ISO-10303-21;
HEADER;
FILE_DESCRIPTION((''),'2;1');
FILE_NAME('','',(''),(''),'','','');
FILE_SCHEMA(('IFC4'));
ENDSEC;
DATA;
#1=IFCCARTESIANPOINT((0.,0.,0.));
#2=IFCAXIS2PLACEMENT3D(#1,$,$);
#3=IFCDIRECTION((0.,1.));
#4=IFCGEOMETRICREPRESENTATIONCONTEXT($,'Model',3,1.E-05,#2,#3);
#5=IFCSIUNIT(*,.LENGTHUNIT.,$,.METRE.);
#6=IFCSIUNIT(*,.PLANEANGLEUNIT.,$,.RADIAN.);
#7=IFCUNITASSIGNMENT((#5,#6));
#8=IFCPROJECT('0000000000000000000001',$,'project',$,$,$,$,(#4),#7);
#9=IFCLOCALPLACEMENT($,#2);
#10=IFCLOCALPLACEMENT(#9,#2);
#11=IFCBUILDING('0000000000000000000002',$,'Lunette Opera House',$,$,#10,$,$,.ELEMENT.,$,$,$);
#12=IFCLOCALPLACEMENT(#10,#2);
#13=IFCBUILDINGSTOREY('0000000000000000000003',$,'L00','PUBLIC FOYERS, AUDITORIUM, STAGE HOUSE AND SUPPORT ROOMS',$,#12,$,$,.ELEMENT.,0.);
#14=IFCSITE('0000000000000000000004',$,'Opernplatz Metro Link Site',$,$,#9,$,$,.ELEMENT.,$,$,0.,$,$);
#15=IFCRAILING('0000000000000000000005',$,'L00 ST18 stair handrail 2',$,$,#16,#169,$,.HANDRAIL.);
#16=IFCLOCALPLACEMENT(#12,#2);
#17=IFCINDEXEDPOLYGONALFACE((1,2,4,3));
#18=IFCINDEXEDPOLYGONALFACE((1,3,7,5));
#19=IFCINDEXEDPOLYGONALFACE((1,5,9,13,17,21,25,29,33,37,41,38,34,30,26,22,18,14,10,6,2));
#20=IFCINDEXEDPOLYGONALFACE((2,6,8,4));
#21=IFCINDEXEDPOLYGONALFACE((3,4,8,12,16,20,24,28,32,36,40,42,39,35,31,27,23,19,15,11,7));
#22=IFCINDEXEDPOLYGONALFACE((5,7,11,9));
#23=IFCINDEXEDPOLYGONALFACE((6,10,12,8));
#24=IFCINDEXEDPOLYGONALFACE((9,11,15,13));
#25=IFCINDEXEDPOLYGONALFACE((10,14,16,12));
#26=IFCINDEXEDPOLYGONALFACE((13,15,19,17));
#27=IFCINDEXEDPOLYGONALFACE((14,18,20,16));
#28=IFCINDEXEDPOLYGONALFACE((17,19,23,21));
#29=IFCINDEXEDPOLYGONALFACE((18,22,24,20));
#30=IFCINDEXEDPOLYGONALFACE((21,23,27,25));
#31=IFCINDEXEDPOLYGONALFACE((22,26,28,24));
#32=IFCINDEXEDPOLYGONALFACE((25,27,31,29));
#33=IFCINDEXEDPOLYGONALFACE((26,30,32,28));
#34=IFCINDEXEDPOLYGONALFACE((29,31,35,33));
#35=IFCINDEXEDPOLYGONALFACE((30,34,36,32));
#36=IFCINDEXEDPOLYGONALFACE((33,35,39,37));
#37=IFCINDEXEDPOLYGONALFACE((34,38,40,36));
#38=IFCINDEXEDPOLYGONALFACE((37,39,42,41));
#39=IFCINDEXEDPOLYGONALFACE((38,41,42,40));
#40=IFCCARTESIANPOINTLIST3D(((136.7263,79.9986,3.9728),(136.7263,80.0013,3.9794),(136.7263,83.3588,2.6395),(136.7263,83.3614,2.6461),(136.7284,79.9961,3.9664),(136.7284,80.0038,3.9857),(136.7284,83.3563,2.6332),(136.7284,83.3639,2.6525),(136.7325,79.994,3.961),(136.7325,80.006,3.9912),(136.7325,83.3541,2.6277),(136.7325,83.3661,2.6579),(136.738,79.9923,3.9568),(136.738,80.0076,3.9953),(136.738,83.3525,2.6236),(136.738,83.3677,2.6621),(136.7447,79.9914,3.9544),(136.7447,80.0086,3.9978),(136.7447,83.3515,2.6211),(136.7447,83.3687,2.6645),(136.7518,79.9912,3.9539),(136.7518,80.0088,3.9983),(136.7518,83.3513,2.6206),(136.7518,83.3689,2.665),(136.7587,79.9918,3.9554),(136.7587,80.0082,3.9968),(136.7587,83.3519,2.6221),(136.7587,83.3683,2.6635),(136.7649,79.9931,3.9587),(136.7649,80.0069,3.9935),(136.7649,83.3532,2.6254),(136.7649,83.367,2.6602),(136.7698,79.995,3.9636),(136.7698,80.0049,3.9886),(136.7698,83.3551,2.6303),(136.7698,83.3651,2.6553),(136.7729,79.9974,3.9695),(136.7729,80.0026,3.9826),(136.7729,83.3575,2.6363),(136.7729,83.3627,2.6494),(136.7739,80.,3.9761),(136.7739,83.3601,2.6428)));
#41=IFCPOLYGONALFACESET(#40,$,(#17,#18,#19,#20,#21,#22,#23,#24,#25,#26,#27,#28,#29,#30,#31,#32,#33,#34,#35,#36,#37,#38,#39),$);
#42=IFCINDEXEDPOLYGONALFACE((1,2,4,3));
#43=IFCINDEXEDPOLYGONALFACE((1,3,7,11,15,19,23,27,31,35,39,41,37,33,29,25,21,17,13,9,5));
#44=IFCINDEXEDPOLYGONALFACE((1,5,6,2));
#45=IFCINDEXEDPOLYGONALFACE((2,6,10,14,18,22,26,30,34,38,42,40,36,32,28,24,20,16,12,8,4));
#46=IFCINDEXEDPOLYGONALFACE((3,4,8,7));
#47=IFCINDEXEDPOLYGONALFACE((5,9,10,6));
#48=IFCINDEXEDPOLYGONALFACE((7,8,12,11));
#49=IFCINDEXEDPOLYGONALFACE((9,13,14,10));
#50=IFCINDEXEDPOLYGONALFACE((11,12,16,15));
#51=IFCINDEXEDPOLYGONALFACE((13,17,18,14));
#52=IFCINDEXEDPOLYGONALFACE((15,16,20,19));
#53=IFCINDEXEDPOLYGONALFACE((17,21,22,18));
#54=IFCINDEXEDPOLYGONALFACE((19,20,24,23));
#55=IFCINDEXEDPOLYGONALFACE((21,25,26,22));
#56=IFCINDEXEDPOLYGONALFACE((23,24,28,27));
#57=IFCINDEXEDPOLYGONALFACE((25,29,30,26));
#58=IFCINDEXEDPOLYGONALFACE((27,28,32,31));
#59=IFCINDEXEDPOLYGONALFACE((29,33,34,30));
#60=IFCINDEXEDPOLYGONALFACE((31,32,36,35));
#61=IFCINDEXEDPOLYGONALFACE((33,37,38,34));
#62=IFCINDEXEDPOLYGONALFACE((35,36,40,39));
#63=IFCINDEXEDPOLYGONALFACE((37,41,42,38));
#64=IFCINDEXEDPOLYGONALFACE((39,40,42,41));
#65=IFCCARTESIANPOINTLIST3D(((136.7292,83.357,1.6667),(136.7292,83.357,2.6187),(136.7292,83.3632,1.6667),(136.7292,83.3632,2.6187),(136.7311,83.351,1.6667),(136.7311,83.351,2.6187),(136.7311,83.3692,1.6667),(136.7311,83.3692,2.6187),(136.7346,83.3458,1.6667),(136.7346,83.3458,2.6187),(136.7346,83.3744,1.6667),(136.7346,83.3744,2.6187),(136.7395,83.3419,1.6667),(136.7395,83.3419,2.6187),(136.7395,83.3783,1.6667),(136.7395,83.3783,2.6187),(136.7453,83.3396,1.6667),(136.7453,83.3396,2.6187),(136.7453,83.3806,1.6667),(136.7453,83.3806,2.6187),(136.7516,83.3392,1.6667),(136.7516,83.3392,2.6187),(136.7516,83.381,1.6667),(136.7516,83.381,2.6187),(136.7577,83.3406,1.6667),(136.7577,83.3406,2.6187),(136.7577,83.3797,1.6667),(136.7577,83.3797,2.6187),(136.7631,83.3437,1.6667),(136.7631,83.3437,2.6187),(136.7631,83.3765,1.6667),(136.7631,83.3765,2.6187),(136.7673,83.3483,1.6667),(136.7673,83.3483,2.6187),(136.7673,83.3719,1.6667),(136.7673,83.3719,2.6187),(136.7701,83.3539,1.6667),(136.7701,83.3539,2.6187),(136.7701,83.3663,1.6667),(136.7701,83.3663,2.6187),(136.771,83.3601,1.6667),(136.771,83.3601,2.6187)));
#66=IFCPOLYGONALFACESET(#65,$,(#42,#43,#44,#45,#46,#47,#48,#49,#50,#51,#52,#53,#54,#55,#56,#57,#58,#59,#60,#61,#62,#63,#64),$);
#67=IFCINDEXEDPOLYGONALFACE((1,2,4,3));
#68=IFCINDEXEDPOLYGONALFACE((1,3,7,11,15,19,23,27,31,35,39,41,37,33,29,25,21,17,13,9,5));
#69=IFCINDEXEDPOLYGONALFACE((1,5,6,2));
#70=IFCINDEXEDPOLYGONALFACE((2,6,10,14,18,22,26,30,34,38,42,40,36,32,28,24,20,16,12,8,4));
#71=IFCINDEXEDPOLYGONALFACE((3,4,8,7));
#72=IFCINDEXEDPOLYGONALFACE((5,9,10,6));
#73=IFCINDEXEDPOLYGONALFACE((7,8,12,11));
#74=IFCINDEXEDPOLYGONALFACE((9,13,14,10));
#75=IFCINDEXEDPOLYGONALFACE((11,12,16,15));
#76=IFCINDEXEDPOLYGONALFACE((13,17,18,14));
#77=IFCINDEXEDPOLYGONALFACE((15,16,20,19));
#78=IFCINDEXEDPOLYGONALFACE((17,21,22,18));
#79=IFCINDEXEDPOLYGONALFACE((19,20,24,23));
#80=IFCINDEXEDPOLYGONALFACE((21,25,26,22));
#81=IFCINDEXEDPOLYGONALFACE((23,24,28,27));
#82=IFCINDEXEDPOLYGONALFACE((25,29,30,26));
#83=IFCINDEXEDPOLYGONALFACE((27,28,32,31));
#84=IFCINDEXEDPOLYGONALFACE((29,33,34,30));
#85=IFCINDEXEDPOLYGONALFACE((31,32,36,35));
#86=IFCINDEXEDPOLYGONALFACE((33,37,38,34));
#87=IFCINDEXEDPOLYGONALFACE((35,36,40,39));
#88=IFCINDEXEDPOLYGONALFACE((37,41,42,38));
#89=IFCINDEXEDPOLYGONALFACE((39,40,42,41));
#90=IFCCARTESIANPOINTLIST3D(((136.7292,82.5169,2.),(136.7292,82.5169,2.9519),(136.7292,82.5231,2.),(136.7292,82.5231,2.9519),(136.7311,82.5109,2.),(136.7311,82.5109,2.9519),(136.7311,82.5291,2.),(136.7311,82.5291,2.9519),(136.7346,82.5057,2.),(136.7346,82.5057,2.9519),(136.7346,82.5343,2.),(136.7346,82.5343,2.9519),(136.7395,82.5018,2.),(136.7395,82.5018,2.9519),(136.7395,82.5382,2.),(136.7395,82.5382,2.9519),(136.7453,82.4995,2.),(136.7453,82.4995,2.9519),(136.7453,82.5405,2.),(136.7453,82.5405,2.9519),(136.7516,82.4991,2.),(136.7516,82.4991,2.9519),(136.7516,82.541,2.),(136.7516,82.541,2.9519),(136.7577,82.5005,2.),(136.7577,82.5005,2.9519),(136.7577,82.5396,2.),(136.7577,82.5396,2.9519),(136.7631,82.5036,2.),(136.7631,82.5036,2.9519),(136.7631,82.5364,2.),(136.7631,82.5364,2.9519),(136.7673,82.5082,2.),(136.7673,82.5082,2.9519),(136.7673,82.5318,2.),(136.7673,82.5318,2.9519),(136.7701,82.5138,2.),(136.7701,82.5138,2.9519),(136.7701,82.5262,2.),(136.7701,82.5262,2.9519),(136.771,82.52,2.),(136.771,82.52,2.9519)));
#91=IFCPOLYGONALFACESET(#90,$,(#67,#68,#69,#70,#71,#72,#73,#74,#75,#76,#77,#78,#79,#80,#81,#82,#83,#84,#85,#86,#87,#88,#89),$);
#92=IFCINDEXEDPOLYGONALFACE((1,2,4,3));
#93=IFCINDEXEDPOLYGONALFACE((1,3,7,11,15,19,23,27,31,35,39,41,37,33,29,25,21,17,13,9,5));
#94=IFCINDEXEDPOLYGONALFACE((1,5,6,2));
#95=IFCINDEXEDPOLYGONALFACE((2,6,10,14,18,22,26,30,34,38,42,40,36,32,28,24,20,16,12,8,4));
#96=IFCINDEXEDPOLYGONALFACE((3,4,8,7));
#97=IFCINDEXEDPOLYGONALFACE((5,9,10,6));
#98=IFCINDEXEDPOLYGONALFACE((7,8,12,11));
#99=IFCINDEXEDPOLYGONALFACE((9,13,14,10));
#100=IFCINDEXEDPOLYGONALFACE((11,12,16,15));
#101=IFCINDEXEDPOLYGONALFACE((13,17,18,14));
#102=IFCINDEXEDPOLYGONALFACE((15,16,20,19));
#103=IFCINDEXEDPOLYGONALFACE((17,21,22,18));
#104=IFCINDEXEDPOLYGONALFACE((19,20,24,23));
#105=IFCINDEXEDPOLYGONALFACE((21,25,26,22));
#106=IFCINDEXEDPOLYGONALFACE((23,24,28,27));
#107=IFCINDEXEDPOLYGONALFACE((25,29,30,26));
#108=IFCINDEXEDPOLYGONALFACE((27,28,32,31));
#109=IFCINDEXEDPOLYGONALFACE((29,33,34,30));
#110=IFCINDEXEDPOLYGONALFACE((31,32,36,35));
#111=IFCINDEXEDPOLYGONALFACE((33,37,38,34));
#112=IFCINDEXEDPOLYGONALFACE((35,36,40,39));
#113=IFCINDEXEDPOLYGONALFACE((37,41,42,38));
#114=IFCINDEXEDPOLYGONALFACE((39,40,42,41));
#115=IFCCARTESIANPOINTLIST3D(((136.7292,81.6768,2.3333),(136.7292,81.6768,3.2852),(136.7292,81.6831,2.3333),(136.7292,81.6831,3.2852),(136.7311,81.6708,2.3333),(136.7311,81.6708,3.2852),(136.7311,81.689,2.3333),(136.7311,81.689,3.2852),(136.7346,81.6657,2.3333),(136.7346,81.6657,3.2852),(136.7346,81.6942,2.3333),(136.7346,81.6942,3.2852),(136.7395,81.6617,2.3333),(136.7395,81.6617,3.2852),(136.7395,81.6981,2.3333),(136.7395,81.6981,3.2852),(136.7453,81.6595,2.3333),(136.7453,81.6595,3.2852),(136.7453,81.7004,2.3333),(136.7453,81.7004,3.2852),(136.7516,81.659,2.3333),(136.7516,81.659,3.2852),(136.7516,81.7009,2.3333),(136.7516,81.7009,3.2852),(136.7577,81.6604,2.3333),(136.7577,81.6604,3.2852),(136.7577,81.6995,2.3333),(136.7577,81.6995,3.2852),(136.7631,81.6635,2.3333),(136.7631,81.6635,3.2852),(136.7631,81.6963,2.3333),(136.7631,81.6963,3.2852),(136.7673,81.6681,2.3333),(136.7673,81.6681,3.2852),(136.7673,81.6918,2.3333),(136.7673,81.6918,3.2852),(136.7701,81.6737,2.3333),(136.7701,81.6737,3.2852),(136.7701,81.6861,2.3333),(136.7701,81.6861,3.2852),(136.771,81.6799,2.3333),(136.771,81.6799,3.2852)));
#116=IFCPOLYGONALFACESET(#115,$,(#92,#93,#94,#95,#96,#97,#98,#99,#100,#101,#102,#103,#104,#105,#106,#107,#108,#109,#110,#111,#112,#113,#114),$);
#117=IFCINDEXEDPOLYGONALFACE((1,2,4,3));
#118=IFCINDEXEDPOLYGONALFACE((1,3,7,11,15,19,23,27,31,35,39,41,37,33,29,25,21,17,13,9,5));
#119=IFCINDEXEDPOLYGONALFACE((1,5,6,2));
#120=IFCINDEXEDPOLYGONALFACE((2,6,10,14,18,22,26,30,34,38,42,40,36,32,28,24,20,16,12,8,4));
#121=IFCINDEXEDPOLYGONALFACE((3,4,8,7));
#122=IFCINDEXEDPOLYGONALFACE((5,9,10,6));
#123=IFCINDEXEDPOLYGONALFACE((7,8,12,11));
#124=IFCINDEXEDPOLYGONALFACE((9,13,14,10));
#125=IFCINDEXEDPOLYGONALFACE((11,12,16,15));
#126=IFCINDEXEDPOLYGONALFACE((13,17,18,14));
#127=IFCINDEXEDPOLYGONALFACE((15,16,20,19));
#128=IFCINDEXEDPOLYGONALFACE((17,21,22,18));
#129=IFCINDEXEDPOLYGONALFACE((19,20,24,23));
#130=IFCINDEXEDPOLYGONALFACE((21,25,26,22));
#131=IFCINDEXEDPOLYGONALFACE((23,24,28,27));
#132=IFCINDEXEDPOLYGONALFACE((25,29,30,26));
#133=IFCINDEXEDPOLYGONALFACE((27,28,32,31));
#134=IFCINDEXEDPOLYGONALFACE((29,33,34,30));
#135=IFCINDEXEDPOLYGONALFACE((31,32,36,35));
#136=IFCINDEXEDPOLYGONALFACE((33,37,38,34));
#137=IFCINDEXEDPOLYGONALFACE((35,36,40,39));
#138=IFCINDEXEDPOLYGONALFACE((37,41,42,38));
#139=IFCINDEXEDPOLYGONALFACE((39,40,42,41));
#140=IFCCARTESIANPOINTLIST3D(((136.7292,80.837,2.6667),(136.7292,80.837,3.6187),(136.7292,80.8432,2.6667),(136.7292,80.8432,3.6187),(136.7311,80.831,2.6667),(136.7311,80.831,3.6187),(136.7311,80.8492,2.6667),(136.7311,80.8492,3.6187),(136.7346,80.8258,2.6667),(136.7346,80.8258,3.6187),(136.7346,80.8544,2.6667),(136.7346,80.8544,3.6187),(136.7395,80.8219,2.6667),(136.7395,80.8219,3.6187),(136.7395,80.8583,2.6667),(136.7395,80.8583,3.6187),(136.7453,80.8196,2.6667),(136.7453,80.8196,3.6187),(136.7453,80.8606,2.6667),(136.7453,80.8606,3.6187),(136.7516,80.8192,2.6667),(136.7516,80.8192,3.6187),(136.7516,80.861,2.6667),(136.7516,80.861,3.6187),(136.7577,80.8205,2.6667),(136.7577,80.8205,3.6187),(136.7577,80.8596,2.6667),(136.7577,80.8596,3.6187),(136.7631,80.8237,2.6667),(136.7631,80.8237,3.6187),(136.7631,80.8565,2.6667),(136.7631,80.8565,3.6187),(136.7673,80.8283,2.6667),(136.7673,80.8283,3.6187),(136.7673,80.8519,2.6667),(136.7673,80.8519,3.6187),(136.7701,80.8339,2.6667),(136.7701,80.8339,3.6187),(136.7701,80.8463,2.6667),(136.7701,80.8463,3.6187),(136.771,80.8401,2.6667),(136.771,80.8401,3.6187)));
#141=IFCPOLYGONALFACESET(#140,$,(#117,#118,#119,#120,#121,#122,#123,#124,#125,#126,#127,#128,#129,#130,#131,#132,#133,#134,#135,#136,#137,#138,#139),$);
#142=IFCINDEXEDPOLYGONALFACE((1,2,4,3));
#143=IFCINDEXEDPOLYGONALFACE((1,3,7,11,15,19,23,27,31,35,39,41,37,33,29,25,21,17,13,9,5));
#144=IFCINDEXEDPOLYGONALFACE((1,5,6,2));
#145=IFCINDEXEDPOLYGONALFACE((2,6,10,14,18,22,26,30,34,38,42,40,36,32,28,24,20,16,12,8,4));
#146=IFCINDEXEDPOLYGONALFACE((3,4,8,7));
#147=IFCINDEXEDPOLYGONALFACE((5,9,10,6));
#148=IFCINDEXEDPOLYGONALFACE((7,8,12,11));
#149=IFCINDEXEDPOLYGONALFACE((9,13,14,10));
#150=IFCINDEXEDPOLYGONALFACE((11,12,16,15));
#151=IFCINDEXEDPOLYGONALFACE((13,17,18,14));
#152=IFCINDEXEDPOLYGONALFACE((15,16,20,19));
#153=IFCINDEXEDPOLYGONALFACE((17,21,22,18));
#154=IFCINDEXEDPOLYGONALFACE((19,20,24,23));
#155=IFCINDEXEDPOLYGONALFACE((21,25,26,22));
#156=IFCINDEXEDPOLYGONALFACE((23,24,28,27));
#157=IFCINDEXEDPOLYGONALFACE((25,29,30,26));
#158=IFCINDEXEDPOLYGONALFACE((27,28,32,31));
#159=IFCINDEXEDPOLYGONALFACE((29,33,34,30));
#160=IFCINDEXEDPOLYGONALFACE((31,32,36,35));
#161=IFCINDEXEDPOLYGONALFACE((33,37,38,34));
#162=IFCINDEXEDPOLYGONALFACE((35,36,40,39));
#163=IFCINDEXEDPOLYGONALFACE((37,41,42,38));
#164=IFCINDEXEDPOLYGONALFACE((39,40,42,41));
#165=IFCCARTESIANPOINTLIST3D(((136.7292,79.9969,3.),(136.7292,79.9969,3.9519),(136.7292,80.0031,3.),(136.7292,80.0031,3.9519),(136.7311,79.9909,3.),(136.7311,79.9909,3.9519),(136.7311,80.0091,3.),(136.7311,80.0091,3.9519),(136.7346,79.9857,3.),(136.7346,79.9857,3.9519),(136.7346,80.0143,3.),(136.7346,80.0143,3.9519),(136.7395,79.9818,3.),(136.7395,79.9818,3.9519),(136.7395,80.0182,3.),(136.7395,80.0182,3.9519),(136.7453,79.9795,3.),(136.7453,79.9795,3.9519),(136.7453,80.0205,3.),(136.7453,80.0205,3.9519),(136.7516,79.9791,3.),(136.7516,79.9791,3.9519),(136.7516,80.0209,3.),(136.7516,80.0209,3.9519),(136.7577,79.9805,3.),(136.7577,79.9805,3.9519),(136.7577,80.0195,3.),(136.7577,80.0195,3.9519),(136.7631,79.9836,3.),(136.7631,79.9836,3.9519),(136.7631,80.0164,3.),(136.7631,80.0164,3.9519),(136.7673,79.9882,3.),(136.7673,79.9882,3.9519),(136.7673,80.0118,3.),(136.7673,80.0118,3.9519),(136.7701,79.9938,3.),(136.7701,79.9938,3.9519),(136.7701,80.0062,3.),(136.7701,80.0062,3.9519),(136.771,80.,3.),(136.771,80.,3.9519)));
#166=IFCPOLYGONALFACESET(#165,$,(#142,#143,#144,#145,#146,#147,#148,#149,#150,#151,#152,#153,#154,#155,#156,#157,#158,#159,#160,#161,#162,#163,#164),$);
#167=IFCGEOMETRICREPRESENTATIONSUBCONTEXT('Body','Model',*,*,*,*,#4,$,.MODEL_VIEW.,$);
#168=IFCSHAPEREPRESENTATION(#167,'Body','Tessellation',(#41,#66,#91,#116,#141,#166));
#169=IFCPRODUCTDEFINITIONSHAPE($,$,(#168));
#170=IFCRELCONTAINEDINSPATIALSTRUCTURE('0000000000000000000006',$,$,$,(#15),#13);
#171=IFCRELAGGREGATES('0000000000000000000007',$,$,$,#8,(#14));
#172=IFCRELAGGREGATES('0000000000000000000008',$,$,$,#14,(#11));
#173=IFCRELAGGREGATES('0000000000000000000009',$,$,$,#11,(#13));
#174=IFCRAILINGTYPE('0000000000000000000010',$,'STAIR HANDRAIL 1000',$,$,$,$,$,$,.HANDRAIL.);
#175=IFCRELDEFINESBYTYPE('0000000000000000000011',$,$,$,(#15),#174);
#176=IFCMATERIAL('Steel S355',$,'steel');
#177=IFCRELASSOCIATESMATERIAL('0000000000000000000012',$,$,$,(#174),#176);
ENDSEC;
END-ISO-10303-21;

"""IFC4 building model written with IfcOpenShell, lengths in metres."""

from ifc_helpers import new_model, si_unit, direction, frame, origin, origin_2d, place, context, subcontext, project, spatial, circle, extrude, material, type_object, element, save


model = new_model("IFC4")

# Units and contexts
model_context = context("Model", 3, precision=1e-05, world=origin(), true_north=direction((0.0, 1.0)))
body_context = subcontext(model_context, "Body", "Model", "MODEL_VIEW")
ifc_project = project(units=[si_unit("LENGTHUNIT", "METRE"), si_unit("PLANEANGLEUNIT", "RADIAN")], contexts=[model_context])

# Site, building, storey
site_placement = place(None, origin())
site = spatial("IfcSite", under=ifc_project, at=site_placement, Name="Opernplatz Metro Link Site", CompositionType="ELEMENT", RefElevation=0.0)
building_placement = place(site_placement, origin())
building = spatial("IfcBuilding", under=site, at=building_placement, Name="Lunette Opera House", CompositionType="ELEMENT")
storey_placement = place(building_placement, origin())
storey = spatial("IfcBuildingStorey", under=building, at=storey_placement, Name="L00", Description="PUBLIC FOYERS, AUDITORIUM, STAGE HOUSE AND SUPPORT ROOMS", CompositionType="ELEMENT", Elevation=0.0)

# Railing
ifc_material_1 = material(Name="Steel S355", Category="steel")
railing_type_1 = type_object("IfcRailingType", Name="STAIR HANDRAIL 1000", PredefinedType="HANDRAIL", material=ifc_material_1)
railing_1_placement = place(storey_placement, frame((136.75, 83.3601, 1.6667)))
element("IfcRailing", 1, at=railing_1_placement, inside=storey, type_object=railing_type_1, Name="L00 ST18 stair handrail 2", PredefinedType="HANDRAIL", context=body_context, shape_type="SweptSolid", body=[
    extrude(circle(Radius=0.0239, at=origin_2d()), frame((0.0, 0.0, 0.9761), z_axis=(0.0, -0.929502, 0.368816), x_axis=(1.0, 0.0, 0.0)), (0.0, 0.0, 1.0), 3.615),
    extrude(circle(Radius=0.021, at=origin_2d()), origin(), (0.0, 0.0, 1.0), 0.9519),
    extrude(circle(Radius=0.021, at=origin_2d()), frame((0.0, -0.8401, 0.3333)), (0.0, 0.0, 1.0), 0.9519),
    extrude(circle(Radius=0.021, at=origin_2d()), frame((0.0, -1.6802, 0.6665)), (0.0, 0.0, 1.0), 0.9519),
    extrude(circle(Radius=0.021, at=origin_2d()), frame((0.0, -2.52, 1.0)), (0.0, 0.0, 1.0), 0.9519),
    extrude(circle(Radius=0.021, at=origin_2d()), frame((0.0, -3.3601, 1.3333)), (0.0, 0.0, 1.0), 0.9519),
])

save(model, "model.ifc")
